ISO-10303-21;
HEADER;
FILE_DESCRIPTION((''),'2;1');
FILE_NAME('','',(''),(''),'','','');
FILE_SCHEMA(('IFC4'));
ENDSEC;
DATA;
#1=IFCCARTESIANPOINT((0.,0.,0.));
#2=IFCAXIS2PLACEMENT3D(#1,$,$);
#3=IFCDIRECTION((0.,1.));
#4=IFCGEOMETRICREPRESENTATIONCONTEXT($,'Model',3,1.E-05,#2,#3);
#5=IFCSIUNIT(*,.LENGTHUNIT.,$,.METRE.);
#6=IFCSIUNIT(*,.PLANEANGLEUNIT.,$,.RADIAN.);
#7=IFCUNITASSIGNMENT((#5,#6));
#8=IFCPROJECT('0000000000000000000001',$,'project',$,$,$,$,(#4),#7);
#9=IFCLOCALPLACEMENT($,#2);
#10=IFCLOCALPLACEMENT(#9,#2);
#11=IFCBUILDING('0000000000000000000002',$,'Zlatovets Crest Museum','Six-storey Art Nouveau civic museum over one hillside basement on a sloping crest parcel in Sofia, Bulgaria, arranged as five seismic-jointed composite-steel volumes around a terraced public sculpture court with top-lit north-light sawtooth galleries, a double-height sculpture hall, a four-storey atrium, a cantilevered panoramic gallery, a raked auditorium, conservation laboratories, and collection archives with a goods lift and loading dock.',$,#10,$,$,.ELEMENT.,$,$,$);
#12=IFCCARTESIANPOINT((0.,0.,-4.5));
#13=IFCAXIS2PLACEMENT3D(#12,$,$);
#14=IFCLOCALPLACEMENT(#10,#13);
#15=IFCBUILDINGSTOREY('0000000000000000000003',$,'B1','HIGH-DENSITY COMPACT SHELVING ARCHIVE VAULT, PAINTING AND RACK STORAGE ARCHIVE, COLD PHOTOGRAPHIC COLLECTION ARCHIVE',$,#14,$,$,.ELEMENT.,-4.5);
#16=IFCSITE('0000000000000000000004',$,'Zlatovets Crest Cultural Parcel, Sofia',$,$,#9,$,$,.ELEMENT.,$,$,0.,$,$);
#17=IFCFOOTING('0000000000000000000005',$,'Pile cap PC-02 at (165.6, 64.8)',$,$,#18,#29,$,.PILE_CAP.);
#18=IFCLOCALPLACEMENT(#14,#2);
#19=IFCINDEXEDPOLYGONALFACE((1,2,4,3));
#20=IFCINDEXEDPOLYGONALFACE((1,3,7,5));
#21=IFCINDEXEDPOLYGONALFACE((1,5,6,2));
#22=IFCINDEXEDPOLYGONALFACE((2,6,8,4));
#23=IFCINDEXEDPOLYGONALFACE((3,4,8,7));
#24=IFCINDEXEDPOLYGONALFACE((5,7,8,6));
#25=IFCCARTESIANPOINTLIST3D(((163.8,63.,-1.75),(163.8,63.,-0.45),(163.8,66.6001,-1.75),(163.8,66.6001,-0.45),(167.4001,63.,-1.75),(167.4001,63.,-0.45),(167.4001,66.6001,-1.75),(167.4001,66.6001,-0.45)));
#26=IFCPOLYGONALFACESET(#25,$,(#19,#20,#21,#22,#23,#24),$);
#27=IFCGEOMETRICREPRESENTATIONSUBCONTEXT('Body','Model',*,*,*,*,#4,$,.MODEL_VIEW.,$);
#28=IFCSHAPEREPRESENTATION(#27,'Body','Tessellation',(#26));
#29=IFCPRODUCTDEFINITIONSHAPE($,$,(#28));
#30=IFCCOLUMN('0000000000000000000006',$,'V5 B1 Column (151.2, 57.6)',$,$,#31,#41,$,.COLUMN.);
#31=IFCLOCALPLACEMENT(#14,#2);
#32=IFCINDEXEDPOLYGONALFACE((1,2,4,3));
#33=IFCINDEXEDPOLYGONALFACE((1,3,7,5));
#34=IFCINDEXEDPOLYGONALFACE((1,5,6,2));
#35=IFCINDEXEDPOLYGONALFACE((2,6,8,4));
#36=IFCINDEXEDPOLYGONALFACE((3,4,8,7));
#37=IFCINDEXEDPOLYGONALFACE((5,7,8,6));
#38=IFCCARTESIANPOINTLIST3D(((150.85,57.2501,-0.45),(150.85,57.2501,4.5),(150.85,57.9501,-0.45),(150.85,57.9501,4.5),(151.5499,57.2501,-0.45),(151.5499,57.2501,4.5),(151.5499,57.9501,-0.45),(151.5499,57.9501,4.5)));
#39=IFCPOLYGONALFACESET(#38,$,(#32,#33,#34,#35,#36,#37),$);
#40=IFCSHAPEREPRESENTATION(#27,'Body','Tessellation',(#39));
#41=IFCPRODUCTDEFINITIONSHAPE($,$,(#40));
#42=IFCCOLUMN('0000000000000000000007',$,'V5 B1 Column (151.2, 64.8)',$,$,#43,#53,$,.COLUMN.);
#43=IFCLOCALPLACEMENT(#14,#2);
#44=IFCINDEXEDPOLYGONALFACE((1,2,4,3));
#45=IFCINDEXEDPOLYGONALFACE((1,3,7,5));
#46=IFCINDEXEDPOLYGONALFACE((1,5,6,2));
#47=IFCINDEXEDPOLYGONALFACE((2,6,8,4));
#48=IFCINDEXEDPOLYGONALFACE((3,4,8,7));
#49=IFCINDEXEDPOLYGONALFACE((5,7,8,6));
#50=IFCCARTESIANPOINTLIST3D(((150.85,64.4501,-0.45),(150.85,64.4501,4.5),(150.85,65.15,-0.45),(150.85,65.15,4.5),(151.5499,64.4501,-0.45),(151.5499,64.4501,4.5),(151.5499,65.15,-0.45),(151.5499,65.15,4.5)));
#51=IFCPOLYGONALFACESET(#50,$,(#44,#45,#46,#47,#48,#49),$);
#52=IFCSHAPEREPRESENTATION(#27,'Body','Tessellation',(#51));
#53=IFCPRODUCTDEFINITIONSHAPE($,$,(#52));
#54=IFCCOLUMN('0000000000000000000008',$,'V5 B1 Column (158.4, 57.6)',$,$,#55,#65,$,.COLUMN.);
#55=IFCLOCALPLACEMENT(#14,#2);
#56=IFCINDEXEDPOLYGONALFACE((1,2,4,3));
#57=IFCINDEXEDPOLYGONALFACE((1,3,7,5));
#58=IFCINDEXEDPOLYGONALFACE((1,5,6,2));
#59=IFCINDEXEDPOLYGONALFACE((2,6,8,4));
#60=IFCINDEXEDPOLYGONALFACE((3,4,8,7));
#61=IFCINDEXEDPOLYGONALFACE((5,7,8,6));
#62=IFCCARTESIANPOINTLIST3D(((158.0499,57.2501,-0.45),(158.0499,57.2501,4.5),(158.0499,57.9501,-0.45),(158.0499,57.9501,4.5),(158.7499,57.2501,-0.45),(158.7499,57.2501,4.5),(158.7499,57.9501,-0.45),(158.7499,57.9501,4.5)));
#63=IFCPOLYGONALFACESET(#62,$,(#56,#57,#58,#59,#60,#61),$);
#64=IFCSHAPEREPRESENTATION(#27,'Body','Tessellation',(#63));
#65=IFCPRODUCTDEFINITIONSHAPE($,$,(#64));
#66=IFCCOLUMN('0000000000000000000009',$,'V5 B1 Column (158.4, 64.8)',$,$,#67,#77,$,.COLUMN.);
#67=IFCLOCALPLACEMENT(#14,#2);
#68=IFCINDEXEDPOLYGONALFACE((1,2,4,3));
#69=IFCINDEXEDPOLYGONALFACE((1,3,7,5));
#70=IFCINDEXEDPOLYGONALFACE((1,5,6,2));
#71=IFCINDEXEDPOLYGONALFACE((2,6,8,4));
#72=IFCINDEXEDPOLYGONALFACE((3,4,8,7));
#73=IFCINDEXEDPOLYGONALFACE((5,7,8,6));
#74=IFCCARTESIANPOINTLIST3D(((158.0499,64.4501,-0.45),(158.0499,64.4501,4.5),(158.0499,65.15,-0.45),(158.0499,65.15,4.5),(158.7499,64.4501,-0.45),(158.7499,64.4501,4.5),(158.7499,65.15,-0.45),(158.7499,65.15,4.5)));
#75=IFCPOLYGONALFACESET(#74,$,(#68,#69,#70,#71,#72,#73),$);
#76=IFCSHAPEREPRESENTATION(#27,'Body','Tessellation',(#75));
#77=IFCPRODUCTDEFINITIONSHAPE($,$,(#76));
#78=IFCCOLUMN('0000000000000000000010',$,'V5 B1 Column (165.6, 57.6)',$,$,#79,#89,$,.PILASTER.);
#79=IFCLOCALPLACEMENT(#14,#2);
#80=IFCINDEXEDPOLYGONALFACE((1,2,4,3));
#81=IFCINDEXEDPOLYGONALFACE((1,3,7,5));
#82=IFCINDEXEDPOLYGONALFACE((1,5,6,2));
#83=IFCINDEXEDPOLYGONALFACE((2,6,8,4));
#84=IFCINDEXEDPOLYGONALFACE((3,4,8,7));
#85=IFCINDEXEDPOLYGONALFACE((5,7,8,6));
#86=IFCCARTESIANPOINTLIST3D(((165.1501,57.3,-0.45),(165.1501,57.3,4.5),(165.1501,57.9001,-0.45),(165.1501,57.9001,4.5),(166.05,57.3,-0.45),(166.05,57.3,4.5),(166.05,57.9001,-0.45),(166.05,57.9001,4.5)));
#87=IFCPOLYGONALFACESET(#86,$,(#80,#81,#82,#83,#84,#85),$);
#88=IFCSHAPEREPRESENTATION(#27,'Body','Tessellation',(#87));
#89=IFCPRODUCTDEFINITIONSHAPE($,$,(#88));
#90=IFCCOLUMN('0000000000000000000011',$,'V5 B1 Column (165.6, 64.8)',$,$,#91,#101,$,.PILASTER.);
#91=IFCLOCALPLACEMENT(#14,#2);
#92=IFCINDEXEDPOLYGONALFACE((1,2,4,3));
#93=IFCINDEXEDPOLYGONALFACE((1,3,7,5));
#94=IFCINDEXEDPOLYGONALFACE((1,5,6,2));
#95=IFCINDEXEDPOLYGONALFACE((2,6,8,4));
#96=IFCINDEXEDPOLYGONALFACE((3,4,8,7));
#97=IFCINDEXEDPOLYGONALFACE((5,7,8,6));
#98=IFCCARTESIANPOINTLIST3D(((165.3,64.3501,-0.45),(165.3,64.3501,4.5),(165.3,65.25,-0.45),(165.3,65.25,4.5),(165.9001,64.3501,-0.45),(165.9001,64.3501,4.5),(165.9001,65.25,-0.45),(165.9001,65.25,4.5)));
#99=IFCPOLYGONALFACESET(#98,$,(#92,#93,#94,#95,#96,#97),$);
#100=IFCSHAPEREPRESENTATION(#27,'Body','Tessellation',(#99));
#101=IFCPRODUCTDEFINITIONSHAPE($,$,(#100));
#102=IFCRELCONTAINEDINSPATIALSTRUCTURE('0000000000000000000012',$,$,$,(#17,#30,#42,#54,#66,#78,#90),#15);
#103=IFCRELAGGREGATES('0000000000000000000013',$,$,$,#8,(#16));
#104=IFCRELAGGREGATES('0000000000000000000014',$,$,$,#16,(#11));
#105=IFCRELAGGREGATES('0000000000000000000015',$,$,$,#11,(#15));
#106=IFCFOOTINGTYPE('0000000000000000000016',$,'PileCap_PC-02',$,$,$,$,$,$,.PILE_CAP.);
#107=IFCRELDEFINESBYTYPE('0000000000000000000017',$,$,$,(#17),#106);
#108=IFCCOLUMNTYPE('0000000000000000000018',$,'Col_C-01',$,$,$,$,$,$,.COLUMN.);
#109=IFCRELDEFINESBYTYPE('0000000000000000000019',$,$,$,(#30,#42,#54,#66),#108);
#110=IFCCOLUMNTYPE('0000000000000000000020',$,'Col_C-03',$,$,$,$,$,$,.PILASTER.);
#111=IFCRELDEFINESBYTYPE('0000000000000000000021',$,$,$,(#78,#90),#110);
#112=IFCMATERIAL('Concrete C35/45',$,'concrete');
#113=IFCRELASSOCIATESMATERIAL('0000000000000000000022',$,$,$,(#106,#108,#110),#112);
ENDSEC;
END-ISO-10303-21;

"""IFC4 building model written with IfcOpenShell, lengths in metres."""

from ifc_helpers import new_model, si_unit, direction, frame, origin, origin_2d, place, context, subcontext, project, spatial, rectangle, extrude, material, material_profile, profile_set, type_object, element, save


model = new_model("IFC4")

# Units and contexts
model_context = context("Model", 3, precision=1e-05, world=origin(), true_north=direction((0.0, 1.0)))
body_context = subcontext(model_context, "Body", "Model", "MODEL_VIEW")
ifc_project = project(units=[si_unit("LENGTHUNIT", "METRE"), si_unit("PLANEANGLEUNIT", "RADIAN")], contexts=[model_context])

# Site, building, storey
site_placement = place(None, origin())
site = spatial("IfcSite", under=ifc_project, at=site_placement, Name="Zlatovets Crest Cultural Parcel, Sofia", CompositionType="ELEMENT", RefElevation=0.0)
building_placement = place(site_placement, origin())
building = spatial("IfcBuilding", under=site, at=building_placement, Name="Zlatovets Crest Museum", Description="Six-storey Art Nouveau civic museum over one hillside basement on a sloping crest parcel in Sofia, Bulgaria, arranged as five seismic-jointed composite-steel volumes around a terraced public sculpture court with top-lit north-light sawtooth galleries, a double-height sculpture hall, a four-storey atrium, a cantilevered panoramic gallery, a raked auditorium, conservation laboratories, and collection archives with a goods lift and loading dock.", CompositionType="ELEMENT")
storey_placement = place(building_placement, frame((0.0, 0.0, -4.5)))
storey = spatial("IfcBuildingStorey", under=building, at=storey_placement, Name="B1", Description="HIGH-DENSITY COMPACT SHELVING ARCHIVE VAULT, PAINTING AND RACK STORAGE ARCHIVE, COLD PHOTOGRAPHIC COLLECTION ARCHIVE", CompositionType="ELEMENT", Elevation=-4.5)

# Shared definitions
ifc_material = material(Name="Concrete C35/45", Category="concrete")

# Footing
footing_type_1 = type_object("IfcFootingType", Name="PileCap_PC-02", PredefinedType="PILE_CAP", material=ifc_material)
for number, where, z_axis, x_axis, name in (
    (1, (165.6001, 64.8, -1.75), (0.0, 0.0, 1.0), (1.0, 0.0, 0.0), "Pile cap PC-02 at (165.6, 64.8)"),
):
    element("IfcFooting", number, at=place(storey_placement, frame(where, z_axis=z_axis, x_axis=x_axis)), inside=storey, type_object=footing_type_1, Name=name, PredefinedType="PILE_CAP", context=body_context, shape_type="SweptSolid", body=[
        extrude(rectangle(XDim=3.6001, YDim=3.6001, at=origin_2d()), origin(), (0.0, 0.0, 1.0), 1.3),
    ])

# Columns
ifc_material_profile_1 = material_profile(ifc_material, rectangle(XDim=0.7, YDim=0.7, at=origin_2d()), Name="RC 700x700")
ifc_profile_set_1 = profile_set([ifc_material_profile_1], Name="Concrete C35/45")
column_type_1 = type_object("IfcColumnType", Name="Col_C-01", PredefinedType="COLUMN", material=ifc_profile_set_1)
for number, where, z_axis, x_axis, name in (
    (2, (151.2, 57.6001, -0.45), (0.0, 0.0, 1.0), (0.0, 1.0, 0.0), "V5 B1 Column (151.2, 57.6)"),
    (3, (151.2, 64.8, -0.45), (0.0, 0.0, 1.0), (1.0, 0.0, 0.0), "V5 B1 Column (151.2, 64.8)"),
    (4, (158.3999, 57.6001, -0.45), (0.0, 0.0, 1.0), (1.0, 0.0, 0.0), "V5 B1 Column (158.4, 57.6)"),
    (5, (158.3999, 64.8, -0.45), (0.0, 0.0, 1.0), (0.0, 1.0, 0.0), "V5 B1 Column (158.4, 64.8)"),
):
    element("IfcColumn", number, at=place(storey_placement, frame(where, z_axis=z_axis, x_axis=x_axis)), inside=storey, type_object=column_type_1, Name=name, PredefinedType="COLUMN", context=body_context, shape_type="SweptSolid", body=[
        extrude(rectangle(XDim=0.7, YDim=0.7, at=origin_2d()), origin(), (0.0, 0.0, 1.0), 4.95),
    ])
ifc_material_profile_2 = material_profile(ifc_material, rectangle(XDim=0.6001, YDim=0.8999, at=origin_2d()), Name="RC 600x900")
ifc_profile_set_2 = profile_set([ifc_material_profile_2], Name="Concrete C35/45")
column_type_2 = type_object("IfcColumnType", Name="Col_C-03", PredefinedType="PILASTER", material=ifc_profile_set_2)
for number, where, z_axis, x_axis, name in (
    (6, (165.6001, 57.6001, -0.45), (0.0, 0.0, 1.0), (0.0, 1.0, 0.0), "V5 B1 Column (165.6, 57.6)"),
    (7, (165.6001, 64.8, -0.45), (0.0, 0.0, 1.0), (1.0, 0.0, 0.0), "V5 B1 Column (165.6, 64.8)"),
):
    element("IfcColumn", number, at=place(storey_placement, frame(where, z_axis=z_axis, x_axis=x_axis)), inside=storey, type_object=column_type_2, Name=name, PredefinedType="PILASTER", context=body_context, shape_type="SweptSolid", body=[
        extrude(rectangle(XDim=0.6001, YDim=0.8999, at=origin_2d()), origin(), (0.0, 0.0, 1.0), 4.95),
    ])

save(model, "model.ifc")
